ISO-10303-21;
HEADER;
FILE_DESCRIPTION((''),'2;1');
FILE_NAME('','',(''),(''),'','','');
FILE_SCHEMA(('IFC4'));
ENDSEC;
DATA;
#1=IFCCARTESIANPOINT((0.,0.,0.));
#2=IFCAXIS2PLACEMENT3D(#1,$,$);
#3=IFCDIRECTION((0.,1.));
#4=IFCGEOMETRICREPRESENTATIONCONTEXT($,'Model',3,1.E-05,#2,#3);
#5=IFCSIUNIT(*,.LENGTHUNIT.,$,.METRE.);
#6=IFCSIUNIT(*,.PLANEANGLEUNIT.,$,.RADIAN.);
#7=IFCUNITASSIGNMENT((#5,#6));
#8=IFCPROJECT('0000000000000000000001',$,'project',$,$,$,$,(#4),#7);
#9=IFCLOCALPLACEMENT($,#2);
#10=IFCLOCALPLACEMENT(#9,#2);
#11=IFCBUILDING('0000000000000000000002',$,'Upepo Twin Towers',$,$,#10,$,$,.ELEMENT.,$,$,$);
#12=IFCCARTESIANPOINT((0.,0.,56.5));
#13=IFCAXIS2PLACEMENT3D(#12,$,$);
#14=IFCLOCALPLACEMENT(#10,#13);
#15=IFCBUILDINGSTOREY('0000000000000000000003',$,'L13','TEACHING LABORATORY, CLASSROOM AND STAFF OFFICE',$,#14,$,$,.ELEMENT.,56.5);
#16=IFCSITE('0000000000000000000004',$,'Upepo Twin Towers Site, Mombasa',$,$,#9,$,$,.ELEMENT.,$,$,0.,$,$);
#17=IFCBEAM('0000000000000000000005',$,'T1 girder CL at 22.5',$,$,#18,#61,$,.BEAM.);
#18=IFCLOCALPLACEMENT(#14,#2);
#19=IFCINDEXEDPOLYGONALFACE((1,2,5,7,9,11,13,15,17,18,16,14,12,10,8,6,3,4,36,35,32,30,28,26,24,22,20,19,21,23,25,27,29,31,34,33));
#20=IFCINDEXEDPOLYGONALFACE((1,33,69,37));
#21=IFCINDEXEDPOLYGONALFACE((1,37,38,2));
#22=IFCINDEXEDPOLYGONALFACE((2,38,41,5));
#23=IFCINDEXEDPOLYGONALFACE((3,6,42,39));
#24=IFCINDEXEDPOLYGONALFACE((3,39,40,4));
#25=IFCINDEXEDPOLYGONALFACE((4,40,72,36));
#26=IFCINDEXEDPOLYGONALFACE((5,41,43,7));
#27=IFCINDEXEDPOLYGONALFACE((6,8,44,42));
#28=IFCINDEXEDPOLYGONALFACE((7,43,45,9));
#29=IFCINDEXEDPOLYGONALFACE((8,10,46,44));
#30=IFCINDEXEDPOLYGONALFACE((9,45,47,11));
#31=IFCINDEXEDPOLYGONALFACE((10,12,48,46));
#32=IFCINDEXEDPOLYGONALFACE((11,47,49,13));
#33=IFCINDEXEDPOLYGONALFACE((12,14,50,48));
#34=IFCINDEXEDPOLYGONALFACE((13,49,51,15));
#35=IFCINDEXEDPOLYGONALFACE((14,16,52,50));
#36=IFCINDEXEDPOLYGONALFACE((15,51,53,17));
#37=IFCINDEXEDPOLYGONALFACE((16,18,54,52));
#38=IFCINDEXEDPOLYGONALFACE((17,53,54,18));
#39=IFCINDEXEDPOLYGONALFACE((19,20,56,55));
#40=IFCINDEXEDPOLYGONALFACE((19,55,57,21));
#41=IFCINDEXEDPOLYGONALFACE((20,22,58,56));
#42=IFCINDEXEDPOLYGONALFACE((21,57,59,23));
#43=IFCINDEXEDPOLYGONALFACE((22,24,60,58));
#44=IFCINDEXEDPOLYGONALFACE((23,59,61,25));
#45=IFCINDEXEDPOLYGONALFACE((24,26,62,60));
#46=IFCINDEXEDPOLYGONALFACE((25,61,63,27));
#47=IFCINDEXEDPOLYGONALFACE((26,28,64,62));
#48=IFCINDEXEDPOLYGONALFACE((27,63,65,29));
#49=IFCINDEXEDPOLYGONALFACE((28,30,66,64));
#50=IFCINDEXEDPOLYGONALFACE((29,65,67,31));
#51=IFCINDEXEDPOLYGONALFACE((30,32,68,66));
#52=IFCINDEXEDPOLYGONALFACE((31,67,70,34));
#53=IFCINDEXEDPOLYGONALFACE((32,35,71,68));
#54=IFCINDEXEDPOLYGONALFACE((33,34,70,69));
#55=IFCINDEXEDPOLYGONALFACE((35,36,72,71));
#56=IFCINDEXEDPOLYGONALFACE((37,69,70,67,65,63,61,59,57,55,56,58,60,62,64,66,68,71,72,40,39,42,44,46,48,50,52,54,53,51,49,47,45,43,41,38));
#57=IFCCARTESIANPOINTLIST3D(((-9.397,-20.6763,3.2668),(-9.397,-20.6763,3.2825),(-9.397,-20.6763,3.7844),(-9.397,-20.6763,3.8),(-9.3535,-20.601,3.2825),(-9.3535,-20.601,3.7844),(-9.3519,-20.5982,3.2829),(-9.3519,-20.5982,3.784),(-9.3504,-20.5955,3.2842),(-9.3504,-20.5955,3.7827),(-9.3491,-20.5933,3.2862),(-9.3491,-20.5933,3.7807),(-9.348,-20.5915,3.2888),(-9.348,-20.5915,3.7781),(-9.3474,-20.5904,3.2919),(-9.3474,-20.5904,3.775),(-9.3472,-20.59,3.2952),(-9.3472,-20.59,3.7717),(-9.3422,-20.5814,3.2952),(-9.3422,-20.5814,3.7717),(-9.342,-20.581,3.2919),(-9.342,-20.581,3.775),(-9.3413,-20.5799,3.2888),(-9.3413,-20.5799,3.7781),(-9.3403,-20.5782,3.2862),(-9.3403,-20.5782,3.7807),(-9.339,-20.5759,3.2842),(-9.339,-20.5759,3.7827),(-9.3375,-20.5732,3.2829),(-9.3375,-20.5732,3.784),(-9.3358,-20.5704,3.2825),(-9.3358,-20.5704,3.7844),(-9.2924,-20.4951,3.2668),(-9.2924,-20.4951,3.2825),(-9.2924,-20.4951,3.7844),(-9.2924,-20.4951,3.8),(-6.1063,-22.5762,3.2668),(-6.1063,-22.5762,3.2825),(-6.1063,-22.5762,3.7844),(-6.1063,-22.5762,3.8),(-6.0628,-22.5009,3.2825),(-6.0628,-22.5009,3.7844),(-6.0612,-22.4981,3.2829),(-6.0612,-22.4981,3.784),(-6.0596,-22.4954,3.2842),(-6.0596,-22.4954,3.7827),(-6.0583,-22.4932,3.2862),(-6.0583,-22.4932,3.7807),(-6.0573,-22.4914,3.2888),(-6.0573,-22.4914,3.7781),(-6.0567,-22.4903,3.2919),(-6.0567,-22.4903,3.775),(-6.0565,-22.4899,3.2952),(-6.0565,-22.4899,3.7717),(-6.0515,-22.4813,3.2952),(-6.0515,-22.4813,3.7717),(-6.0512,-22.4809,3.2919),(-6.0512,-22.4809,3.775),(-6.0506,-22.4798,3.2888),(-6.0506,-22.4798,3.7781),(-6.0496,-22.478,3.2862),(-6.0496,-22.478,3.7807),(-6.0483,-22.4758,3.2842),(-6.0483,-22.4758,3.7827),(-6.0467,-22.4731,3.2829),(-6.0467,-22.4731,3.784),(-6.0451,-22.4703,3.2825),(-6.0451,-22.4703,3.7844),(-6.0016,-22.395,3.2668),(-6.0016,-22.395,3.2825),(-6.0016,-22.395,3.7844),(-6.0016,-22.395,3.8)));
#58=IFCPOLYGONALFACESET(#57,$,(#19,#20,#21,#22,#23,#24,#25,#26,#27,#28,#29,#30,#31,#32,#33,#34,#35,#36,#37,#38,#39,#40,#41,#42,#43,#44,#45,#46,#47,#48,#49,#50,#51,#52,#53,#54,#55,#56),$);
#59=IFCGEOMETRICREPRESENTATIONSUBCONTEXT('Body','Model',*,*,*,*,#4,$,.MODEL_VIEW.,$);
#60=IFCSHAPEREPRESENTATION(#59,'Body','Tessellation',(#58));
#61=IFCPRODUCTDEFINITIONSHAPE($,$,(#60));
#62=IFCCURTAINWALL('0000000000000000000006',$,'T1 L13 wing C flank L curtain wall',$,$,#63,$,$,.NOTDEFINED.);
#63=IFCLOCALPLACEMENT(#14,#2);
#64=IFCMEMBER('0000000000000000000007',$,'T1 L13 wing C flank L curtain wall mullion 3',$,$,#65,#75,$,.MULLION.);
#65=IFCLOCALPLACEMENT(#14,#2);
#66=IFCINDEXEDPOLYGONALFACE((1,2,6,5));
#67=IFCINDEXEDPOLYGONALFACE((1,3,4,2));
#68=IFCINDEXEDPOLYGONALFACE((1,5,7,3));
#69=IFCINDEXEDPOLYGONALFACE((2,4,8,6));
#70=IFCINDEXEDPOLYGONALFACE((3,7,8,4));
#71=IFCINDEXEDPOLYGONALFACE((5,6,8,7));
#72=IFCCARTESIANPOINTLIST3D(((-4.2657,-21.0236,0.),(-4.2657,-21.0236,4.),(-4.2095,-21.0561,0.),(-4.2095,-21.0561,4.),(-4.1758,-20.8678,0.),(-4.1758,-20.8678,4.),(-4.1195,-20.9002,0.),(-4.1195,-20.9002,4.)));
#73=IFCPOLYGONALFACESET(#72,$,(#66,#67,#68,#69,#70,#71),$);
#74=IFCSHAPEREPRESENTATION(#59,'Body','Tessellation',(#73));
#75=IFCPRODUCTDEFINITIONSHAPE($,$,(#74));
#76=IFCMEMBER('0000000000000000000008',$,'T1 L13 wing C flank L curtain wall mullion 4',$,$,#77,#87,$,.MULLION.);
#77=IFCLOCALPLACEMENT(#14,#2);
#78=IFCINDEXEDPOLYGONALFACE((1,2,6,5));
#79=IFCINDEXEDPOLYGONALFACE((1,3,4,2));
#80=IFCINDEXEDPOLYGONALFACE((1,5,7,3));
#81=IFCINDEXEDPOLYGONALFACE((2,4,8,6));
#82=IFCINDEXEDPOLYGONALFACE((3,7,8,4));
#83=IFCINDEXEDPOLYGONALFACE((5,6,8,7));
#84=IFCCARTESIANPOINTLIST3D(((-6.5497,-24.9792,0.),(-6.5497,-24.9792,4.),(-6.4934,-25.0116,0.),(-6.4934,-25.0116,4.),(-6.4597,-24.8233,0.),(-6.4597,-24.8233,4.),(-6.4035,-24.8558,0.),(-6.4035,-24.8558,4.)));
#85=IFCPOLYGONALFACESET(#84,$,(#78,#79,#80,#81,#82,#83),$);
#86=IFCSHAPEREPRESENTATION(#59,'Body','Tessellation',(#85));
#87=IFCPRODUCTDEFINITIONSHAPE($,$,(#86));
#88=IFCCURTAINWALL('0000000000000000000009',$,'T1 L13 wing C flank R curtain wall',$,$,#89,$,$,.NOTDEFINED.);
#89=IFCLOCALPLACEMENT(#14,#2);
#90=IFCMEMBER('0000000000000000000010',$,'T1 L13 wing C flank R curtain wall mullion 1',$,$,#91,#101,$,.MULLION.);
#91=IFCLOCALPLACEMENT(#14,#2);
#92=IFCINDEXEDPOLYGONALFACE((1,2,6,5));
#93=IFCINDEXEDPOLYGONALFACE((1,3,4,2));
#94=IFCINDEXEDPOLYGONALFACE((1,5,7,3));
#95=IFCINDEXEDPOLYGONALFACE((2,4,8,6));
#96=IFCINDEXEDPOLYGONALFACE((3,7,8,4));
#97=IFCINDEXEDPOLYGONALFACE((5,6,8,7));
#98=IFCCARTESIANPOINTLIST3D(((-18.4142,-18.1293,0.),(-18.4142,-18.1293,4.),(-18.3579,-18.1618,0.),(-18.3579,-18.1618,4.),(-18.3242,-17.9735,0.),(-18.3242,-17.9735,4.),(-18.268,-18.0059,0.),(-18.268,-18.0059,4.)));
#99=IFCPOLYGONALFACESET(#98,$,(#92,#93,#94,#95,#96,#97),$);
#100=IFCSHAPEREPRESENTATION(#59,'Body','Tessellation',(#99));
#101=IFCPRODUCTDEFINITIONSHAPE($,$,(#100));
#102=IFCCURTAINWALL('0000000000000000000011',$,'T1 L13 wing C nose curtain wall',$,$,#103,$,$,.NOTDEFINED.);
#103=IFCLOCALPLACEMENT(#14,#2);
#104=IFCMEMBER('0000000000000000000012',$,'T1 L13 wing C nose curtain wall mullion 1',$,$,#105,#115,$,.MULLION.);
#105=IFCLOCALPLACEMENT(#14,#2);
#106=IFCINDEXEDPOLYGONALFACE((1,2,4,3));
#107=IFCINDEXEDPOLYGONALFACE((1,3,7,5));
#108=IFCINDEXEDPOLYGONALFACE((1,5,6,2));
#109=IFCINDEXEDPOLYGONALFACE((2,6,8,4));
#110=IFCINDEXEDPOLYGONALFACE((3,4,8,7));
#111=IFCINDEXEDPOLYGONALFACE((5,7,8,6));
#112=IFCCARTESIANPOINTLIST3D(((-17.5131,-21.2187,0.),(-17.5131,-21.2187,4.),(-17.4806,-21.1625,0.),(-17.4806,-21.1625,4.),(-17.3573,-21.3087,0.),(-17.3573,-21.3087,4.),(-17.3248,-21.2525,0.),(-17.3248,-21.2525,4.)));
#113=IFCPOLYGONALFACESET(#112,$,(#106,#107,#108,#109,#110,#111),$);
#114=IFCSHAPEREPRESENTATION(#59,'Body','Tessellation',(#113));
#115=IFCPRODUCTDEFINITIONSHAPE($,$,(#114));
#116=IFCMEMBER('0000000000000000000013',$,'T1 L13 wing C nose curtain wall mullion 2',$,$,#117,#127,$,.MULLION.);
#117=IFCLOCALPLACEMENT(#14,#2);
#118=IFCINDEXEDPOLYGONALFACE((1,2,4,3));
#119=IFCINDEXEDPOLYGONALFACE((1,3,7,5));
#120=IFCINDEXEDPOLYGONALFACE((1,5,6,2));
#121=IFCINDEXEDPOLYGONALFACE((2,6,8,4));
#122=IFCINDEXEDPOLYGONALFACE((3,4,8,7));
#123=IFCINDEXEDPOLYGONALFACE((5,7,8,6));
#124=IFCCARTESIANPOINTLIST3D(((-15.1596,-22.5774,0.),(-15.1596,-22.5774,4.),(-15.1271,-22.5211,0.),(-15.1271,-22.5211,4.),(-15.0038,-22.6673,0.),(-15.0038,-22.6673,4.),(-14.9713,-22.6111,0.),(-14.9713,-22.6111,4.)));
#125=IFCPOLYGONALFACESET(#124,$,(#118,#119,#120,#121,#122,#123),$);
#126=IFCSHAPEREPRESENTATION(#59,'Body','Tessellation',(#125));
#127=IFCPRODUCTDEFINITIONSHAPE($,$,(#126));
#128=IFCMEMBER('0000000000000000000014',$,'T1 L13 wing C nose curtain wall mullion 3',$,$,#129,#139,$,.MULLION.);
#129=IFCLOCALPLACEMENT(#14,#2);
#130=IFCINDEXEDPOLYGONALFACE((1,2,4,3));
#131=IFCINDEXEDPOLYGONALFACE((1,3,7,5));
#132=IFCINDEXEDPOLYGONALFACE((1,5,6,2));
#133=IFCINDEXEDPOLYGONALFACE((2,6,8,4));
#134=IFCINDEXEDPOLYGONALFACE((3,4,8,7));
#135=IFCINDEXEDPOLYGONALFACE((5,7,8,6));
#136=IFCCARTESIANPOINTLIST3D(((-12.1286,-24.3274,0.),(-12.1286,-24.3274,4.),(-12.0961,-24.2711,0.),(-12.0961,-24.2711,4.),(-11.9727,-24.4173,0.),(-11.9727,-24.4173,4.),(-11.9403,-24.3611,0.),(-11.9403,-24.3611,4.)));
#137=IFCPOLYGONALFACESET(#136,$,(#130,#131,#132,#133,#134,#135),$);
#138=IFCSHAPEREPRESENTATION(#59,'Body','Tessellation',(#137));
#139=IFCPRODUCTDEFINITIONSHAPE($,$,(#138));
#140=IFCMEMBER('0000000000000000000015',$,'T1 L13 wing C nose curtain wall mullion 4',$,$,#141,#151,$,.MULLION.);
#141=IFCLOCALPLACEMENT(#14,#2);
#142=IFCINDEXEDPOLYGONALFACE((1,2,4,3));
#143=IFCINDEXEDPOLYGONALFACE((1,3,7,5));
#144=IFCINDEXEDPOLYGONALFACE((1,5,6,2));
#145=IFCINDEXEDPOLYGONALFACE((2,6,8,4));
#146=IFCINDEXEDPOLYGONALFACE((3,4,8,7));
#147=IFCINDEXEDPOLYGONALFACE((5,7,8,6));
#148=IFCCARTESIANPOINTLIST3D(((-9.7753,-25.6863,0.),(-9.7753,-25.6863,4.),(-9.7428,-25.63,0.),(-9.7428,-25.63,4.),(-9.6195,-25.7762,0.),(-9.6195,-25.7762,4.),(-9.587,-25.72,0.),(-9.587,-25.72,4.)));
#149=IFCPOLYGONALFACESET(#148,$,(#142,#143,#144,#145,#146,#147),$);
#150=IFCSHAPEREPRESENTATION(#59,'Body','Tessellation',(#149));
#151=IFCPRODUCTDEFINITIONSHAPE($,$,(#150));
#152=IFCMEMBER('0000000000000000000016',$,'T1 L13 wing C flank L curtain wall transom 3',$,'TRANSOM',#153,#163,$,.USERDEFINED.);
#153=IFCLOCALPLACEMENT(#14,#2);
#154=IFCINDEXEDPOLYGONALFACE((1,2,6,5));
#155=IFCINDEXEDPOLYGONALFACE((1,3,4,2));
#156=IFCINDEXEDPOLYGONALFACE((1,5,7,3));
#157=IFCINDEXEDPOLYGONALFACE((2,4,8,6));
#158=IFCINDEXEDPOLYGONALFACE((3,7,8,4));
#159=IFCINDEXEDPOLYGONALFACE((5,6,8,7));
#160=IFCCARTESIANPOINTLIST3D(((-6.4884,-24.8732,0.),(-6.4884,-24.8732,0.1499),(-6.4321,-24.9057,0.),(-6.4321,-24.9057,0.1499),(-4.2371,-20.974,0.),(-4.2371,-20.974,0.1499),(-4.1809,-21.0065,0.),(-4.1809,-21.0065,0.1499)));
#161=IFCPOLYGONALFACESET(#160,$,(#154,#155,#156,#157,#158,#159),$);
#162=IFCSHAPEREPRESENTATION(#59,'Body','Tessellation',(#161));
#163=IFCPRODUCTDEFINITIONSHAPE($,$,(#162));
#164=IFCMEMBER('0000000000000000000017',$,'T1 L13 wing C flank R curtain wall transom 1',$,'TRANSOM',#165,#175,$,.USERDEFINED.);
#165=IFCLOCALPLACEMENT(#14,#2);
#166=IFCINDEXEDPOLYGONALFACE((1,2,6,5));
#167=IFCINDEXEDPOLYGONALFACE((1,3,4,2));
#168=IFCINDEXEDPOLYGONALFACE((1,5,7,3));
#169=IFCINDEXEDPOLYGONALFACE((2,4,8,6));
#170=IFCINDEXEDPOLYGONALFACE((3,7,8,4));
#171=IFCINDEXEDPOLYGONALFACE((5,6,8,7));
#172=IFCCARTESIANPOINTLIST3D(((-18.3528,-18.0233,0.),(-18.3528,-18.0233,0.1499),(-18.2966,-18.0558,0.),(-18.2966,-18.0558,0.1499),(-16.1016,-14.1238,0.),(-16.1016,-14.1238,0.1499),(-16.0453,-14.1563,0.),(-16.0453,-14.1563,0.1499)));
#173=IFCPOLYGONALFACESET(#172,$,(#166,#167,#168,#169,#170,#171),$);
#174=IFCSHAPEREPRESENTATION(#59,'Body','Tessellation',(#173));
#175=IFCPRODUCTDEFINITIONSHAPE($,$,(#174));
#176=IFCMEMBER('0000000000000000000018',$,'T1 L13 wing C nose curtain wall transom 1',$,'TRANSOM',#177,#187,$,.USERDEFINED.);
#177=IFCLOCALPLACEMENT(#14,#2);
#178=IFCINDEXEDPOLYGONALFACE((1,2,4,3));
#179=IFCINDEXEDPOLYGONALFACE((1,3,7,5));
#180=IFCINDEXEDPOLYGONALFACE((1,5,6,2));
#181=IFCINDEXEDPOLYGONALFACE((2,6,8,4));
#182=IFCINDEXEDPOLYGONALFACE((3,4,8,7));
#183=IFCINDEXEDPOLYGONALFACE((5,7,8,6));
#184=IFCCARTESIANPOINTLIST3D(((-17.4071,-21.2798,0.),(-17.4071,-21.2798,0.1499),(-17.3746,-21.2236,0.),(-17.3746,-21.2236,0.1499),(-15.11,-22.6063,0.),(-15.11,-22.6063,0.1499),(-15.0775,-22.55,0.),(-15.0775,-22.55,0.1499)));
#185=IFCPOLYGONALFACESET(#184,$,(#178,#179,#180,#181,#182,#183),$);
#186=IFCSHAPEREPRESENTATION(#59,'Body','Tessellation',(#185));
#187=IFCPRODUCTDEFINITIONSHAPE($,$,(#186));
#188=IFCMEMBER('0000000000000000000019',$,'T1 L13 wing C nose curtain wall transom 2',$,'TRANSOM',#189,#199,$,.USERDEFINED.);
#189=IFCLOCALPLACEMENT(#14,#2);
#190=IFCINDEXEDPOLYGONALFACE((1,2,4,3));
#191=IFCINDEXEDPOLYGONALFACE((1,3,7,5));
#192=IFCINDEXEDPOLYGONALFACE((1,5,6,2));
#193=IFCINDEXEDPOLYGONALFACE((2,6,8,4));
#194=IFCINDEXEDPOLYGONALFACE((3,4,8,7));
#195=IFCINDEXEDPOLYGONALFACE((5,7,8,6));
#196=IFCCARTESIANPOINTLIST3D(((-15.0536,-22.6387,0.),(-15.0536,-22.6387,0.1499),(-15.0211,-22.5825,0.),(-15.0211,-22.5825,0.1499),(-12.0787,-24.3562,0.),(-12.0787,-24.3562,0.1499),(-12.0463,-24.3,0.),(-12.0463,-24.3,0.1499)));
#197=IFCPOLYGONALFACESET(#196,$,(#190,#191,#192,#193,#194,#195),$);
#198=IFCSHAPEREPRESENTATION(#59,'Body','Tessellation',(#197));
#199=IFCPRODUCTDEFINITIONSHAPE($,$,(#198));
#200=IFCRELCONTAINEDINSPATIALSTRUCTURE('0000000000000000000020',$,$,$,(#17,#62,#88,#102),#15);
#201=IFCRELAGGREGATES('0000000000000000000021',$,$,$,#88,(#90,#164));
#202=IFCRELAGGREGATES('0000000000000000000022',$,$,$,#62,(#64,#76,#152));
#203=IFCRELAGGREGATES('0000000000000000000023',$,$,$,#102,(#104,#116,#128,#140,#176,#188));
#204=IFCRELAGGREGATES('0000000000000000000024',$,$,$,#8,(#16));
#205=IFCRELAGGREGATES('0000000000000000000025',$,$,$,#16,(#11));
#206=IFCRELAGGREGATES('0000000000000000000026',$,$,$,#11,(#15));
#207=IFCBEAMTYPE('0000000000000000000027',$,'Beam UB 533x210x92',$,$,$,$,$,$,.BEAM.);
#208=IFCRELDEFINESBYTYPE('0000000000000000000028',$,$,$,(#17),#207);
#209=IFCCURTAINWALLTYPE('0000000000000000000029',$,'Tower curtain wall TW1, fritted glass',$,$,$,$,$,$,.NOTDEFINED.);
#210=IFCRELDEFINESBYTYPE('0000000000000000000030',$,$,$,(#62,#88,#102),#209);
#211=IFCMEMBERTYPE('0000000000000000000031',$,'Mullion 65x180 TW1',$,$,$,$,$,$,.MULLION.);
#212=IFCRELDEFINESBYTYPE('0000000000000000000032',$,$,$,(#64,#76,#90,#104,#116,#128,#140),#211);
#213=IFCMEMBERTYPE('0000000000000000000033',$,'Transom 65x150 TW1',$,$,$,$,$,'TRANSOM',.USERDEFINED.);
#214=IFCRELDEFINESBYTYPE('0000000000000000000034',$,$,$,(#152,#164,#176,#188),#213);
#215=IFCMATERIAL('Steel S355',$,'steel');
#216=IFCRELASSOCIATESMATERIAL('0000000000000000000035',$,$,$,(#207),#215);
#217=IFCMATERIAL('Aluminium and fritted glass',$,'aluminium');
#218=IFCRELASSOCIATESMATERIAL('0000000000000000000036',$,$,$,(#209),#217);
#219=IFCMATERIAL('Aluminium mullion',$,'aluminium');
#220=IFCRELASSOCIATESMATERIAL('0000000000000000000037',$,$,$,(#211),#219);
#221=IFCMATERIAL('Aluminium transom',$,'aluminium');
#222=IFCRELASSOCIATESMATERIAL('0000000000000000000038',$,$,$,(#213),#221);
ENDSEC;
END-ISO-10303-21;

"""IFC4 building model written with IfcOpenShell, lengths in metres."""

from ifc_helpers import new_model, si_unit, direction, frame, origin, origin_2d, place, context, subcontext, project, spatial, rectangle, i_section, extrude, material, material_profile, profile_set, type_object, element, aggregate, save


model = new_model("IFC4")

# Units and contexts
model_context = context("Model", 3, precision=1e-05, world=origin(), true_north=direction((0.0, 1.0)))
body_context = subcontext(model_context, "Body", "Model", "MODEL_VIEW")
ifc_project = project(units=[si_unit("LENGTHUNIT", "METRE"), si_unit("PLANEANGLEUNIT", "RADIAN")], contexts=[model_context])

# Site, building, storey
site_placement = place(None, origin())
site = spatial("IfcSite", under=ifc_project, at=site_placement, Name="Upepo Twin Towers Site, Mombasa", CompositionType="ELEMENT", RefElevation=0.0)
building_placement = place(site_placement, origin())
building = spatial("IfcBuilding", under=site, at=building_placement, Name="Upepo Twin Towers", CompositionType="ELEMENT")
storey_placement = place(building_placement, frame((0.0, 0.0, 56.5)))
storey = spatial("IfcBuildingStorey", under=building, at=storey_placement, Name="L13", Description="TEACHING LABORATORY, CLASSROOM AND STAFF OFFICE", CompositionType="ELEMENT", Elevation=56.5)

# Beam
ifc_material_1 = material(Name="Steel S355", Category="steel")
ifc_material_profile_1 = material_profile(ifc_material_1, i_section(OverallWidth=0.2092, OverallDepth=0.5332, WebThickness=0.01, FlangeThickness=0.0156, FilletRadius=0.0127, at=origin_2d()), Name="UB 533x210x92")
ifc_profile_set_1 = profile_set([ifc_material_profile_1], Name="Steel S355")
beam_type_1 = type_object("IfcBeamType", Name="Beam UB 533x210x92", PredefinedType="BEAM", material=ifc_profile_set_1)
beam_1_placement = place(storey_placement, frame((-6.054, -22.4856, 3.5334), z_axis=(-0.866028, 0.499995, 0.0), x_axis=(-0.499995, -0.866028, 0.0)))
element("IfcBeam", 1, at=beam_1_placement, inside=storey, type_object=beam_type_1, Name="T1 girder CL at 22.5", PredefinedType="BEAM", context=body_context, shape_type="SweptSolid", body=[
    extrude(i_section(OverallWidth=0.2092, OverallDepth=0.5332, WebThickness=0.01, FlangeThickness=0.0156, FilletRadius=0.0127, at=origin_2d()), origin(), (0.0, 0.0, 1.0), 3.7998),
])

# Curtain wall, members
ifc_material_2 = material(Name="Aluminium and fritted glass", Category="aluminium")
curtain_wall_type = type_object("IfcCurtainWallType", Name="Tower curtain wall TW1, fritted glass", PredefinedType="NOTDEFINED", material=ifc_material_2)
curtain_wall_1_placement = place(storey_placement, origin())
curtain_wall_1 = element("IfcCurtainWall", 2, at=curtain_wall_1_placement, inside=storey, type_object=curtain_wall_type, Name="T1 L13 wing C flank L curtain wall", PredefinedType="NOTDEFINED")
ifc_material_3 = material(Name="Aluminium mullion", Category="aluminium")
ifc_material_profile_2 = material_profile(ifc_material_3, rectangle(XDim=0.0649, YDim=0.1799, at=origin_2d()), Name="MULLION 65x180")
ifc_profile_set_2 = profile_set([ifc_material_profile_2], Name="Aluminium mullion")
member_type_1 = type_object("IfcMemberType", Name="Mullion 65x180 TW1", PredefinedType="MULLION", material=ifc_profile_set_2)
member_1_placement = place(storey_placement, frame((-4.1926, -20.9619, 0.0), z_axis=(0.0, 0.0, 1.0), x_axis=(0.866025, -0.5, 0.0)))
member_1 = element("IfcMember", 3, at=member_1_placement, type_object=member_type_1, Name="T1 L13 wing C flank L curtain wall mullion 3", PredefinedType="MULLION", context=body_context, shape_type="SweptSolid", body=[
    extrude(rectangle(XDim=0.0649, YDim=0.1799, at=origin_2d()), origin(), (0.0, 0.0, 1.0), 4.0),
])
member_2_placement = place(storey_placement, frame((-6.4766, -24.9175, 0.0), z_axis=(0.0, 0.0, 1.0), x_axis=(0.866025, -0.5, 0.0)))
member_2 = element("IfcMember", 4, at=member_2_placement, type_object=member_type_1, Name="T1 L13 wing C flank L curtain wall mullion 4", PredefinedType="MULLION", context=body_context, shape_type="SweptSolid", body=[
    extrude(rectangle(XDim=0.0649, YDim=0.1799, at=origin_2d()), origin(), (0.0, 0.0, 1.0), 4.0),
])

# Curtain wall, member
curtain_wall_2_placement = place(storey_placement, origin())
curtain_wall_2 = element("IfcCurtainWall", 5, at=curtain_wall_2_placement, inside=storey, type_object=curtain_wall_type, Name="T1 L13 wing C flank R curtain wall", PredefinedType="NOTDEFINED")
member_3_placement = place(storey_placement, frame((-18.3411, -18.0676, 0.0), z_axis=(0.0, 0.0, 1.0), x_axis=(-0.866025, 0.5, 0.0)))
member_3 = element("IfcMember", 6, at=member_3_placement, type_object=member_type_1, Name="T1 L13 wing C flank R curtain wall mullion 1", PredefinedType="MULLION", context=body_context, shape_type="SweptSolid", body=[
    extrude(rectangle(XDim=0.0649, YDim=0.1799, at=origin_2d()), origin(), (0.0, 0.0, 1.0), 4.0),
])

# Curtain wall, members
curtain_wall_3_placement = place(storey_placement, origin())
curtain_wall_3 = element("IfcCurtainWall", 7, at=curtain_wall_3_placement, inside=storey, type_object=curtain_wall_type, Name="T1 L13 wing C nose curtain wall", PredefinedType="NOTDEFINED")
member_4_placement = place(storey_placement, frame((-17.4189, -21.2356, 0.0), z_axis=(0.0, 0.0, 1.0), x_axis=(0.5, 0.866025, 0.0)))
member_4 = element("IfcMember", 8, at=member_4_placement, type_object=member_type_1, Name="T1 L13 wing C nose curtain wall mullion 1", PredefinedType="MULLION", context=body_context, shape_type="SweptSolid", body=[
    extrude(rectangle(XDim=0.0649, YDim=0.1799, at=origin_2d()), origin(), (0.0, 0.0, 1.0), 4.0),
])
member_5_placement = place(storey_placement, frame((-15.0654, -22.5942, 0.0), z_axis=(0.0, 0.0, 1.0), x_axis=(0.5, 0.866025, 0.0)))
member_5 = element("IfcMember", 9, at=member_5_placement, type_object=member_type_1, Name="T1 L13 wing C nose curtain wall mullion 2", PredefinedType="MULLION", context=body_context, shape_type="SweptSolid", body=[
    extrude(rectangle(XDim=0.0649, YDim=0.1799, at=origin_2d()), origin(), (0.0, 0.0, 1.0), 4.0),
])
member_6_placement = place(storey_placement, frame((-12.0344, -24.3442, 0.0), z_axis=(0.0, 0.0, 1.0), x_axis=(0.5, 0.866025, 0.0)))
member_6 = element("IfcMember", 10, at=member_6_placement, type_object=member_type_1, Name="T1 L13 wing C nose curtain wall mullion 3", PredefinedType="MULLION", context=body_context, shape_type="SweptSolid", body=[
    extrude(rectangle(XDim=0.0649, YDim=0.1799, at=origin_2d()), origin(), (0.0, 0.0, 1.0), 4.0),
])
member_7_placement = place(storey_placement, frame((-9.6812, -25.7031, 0.0), z_axis=(0.0, 0.0, 1.0), x_axis=(0.5, 0.866025, 0.0)))
member_7 = element("IfcMember", 11, at=member_7_placement, type_object=member_type_1, Name="T1 L13 wing C nose curtain wall mullion 4", PredefinedType="MULLION", context=body_context, shape_type="SweptSolid", body=[
    extrude(rectangle(XDim=0.0649, YDim=0.1799, at=origin_2d()), origin(), (0.0, 0.0, 1.0), 4.0),
])

# Members
ifc_material_4 = material(Name="Aluminium transom", Category="aluminium")
ifc_material_profile_3 = material_profile(ifc_material_4, rectangle(XDim=0.0649, YDim=0.1499, at=origin_2d()), Name="TRANSOM 65x150")
ifc_profile_set_3 = profile_set([ifc_material_profile_3], Name="Aluminium transom")
member_type_2 = type_object("IfcMemberType", Name="Transom 65x150 TW1", ElementType="TRANSOM", PredefinedType="USERDEFINED", material=ifc_profile_set_3)
member_8_placement = place(storey_placement, frame((-4.209, -20.9902, 0.075), z_axis=(-0.500006, -0.866022, 0.0), x_axis=(0.866022, -0.500006, 0.0)))
member_8 = element("IfcMember", 12, at=member_8_placement, type_object=member_type_2, Name="T1 L13 wing C flank L curtain wall transom 3", ObjectType="TRANSOM", PredefinedType="USERDEFINED", context=body_context, shape_type="SweptSolid", body=[
    extrude(rectangle(XDim=0.0649, YDim=0.1499, at=origin_2d()), origin(), (0.0, 0.0, 1.0), 4.5024),
])
member_9_placement = place(storey_placement, frame((-18.3247, -18.0396, 0.075), z_axis=(0.499982, 0.866036, 0.0), x_axis=(-0.866036, 0.499982, 0.0)))
member_9 = element("IfcMember", 13, at=member_9_placement, type_object=member_type_2, Name="T1 L13 wing C flank R curtain wall transom 1", ObjectType="TRANSOM", PredefinedType="USERDEFINED", context=body_context, shape_type="SweptSolid", body=[
    extrude(rectangle(XDim=0.0649, YDim=0.1499, at=origin_2d()), origin(), (0.0, 0.0, 1.0), 4.5027),
])
aggregate(curtain_wall_2, [member_3, member_9])
member_10_placement = place(storey_placement, frame((-17.3909, -21.2517, 0.075), z_axis=(0.865997, -0.500049, 0.0), x_axis=(0.500049, 0.865997, 0.0)))
member_10 = element("IfcMember", 14, at=member_10_placement, type_object=member_type_2, Name="T1 L13 wing C nose curtain wall transom 1", ObjectType="TRANSOM", PredefinedType="USERDEFINED", context=body_context, shape_type="SweptSolid", body=[
    extrude(rectangle(XDim=0.0649, YDim=0.1499, at=origin_2d()), origin(), (0.0, 0.0, 1.0), 2.6526),
])
member_11_placement = place(storey_placement, frame((-15.0374, -22.6106, 0.075), z_axis=(0.866026, -0.499999, 0.0), x_axis=(0.499999, 0.866026, 0.0)))
member_11 = element("IfcMember", 15, at=member_11_placement, type_object=member_type_2, Name="T1 L13 wing C nose curtain wall transom 2", ObjectType="TRANSOM", PredefinedType="USERDEFINED", context=body_context, shape_type="SweptSolid", body=[
    extrude(rectangle(XDim=0.0649, YDim=0.1499, at=origin_2d()), origin(), (0.0, 0.0, 1.0), 3.4351),
])

aggregate(curtain_wall_1, [member_1, member_2, member_8])
aggregate(curtain_wall_3, [member_4, member_5, member_6, member_7, member_10, member_11])

save(model, "model.ifc")
